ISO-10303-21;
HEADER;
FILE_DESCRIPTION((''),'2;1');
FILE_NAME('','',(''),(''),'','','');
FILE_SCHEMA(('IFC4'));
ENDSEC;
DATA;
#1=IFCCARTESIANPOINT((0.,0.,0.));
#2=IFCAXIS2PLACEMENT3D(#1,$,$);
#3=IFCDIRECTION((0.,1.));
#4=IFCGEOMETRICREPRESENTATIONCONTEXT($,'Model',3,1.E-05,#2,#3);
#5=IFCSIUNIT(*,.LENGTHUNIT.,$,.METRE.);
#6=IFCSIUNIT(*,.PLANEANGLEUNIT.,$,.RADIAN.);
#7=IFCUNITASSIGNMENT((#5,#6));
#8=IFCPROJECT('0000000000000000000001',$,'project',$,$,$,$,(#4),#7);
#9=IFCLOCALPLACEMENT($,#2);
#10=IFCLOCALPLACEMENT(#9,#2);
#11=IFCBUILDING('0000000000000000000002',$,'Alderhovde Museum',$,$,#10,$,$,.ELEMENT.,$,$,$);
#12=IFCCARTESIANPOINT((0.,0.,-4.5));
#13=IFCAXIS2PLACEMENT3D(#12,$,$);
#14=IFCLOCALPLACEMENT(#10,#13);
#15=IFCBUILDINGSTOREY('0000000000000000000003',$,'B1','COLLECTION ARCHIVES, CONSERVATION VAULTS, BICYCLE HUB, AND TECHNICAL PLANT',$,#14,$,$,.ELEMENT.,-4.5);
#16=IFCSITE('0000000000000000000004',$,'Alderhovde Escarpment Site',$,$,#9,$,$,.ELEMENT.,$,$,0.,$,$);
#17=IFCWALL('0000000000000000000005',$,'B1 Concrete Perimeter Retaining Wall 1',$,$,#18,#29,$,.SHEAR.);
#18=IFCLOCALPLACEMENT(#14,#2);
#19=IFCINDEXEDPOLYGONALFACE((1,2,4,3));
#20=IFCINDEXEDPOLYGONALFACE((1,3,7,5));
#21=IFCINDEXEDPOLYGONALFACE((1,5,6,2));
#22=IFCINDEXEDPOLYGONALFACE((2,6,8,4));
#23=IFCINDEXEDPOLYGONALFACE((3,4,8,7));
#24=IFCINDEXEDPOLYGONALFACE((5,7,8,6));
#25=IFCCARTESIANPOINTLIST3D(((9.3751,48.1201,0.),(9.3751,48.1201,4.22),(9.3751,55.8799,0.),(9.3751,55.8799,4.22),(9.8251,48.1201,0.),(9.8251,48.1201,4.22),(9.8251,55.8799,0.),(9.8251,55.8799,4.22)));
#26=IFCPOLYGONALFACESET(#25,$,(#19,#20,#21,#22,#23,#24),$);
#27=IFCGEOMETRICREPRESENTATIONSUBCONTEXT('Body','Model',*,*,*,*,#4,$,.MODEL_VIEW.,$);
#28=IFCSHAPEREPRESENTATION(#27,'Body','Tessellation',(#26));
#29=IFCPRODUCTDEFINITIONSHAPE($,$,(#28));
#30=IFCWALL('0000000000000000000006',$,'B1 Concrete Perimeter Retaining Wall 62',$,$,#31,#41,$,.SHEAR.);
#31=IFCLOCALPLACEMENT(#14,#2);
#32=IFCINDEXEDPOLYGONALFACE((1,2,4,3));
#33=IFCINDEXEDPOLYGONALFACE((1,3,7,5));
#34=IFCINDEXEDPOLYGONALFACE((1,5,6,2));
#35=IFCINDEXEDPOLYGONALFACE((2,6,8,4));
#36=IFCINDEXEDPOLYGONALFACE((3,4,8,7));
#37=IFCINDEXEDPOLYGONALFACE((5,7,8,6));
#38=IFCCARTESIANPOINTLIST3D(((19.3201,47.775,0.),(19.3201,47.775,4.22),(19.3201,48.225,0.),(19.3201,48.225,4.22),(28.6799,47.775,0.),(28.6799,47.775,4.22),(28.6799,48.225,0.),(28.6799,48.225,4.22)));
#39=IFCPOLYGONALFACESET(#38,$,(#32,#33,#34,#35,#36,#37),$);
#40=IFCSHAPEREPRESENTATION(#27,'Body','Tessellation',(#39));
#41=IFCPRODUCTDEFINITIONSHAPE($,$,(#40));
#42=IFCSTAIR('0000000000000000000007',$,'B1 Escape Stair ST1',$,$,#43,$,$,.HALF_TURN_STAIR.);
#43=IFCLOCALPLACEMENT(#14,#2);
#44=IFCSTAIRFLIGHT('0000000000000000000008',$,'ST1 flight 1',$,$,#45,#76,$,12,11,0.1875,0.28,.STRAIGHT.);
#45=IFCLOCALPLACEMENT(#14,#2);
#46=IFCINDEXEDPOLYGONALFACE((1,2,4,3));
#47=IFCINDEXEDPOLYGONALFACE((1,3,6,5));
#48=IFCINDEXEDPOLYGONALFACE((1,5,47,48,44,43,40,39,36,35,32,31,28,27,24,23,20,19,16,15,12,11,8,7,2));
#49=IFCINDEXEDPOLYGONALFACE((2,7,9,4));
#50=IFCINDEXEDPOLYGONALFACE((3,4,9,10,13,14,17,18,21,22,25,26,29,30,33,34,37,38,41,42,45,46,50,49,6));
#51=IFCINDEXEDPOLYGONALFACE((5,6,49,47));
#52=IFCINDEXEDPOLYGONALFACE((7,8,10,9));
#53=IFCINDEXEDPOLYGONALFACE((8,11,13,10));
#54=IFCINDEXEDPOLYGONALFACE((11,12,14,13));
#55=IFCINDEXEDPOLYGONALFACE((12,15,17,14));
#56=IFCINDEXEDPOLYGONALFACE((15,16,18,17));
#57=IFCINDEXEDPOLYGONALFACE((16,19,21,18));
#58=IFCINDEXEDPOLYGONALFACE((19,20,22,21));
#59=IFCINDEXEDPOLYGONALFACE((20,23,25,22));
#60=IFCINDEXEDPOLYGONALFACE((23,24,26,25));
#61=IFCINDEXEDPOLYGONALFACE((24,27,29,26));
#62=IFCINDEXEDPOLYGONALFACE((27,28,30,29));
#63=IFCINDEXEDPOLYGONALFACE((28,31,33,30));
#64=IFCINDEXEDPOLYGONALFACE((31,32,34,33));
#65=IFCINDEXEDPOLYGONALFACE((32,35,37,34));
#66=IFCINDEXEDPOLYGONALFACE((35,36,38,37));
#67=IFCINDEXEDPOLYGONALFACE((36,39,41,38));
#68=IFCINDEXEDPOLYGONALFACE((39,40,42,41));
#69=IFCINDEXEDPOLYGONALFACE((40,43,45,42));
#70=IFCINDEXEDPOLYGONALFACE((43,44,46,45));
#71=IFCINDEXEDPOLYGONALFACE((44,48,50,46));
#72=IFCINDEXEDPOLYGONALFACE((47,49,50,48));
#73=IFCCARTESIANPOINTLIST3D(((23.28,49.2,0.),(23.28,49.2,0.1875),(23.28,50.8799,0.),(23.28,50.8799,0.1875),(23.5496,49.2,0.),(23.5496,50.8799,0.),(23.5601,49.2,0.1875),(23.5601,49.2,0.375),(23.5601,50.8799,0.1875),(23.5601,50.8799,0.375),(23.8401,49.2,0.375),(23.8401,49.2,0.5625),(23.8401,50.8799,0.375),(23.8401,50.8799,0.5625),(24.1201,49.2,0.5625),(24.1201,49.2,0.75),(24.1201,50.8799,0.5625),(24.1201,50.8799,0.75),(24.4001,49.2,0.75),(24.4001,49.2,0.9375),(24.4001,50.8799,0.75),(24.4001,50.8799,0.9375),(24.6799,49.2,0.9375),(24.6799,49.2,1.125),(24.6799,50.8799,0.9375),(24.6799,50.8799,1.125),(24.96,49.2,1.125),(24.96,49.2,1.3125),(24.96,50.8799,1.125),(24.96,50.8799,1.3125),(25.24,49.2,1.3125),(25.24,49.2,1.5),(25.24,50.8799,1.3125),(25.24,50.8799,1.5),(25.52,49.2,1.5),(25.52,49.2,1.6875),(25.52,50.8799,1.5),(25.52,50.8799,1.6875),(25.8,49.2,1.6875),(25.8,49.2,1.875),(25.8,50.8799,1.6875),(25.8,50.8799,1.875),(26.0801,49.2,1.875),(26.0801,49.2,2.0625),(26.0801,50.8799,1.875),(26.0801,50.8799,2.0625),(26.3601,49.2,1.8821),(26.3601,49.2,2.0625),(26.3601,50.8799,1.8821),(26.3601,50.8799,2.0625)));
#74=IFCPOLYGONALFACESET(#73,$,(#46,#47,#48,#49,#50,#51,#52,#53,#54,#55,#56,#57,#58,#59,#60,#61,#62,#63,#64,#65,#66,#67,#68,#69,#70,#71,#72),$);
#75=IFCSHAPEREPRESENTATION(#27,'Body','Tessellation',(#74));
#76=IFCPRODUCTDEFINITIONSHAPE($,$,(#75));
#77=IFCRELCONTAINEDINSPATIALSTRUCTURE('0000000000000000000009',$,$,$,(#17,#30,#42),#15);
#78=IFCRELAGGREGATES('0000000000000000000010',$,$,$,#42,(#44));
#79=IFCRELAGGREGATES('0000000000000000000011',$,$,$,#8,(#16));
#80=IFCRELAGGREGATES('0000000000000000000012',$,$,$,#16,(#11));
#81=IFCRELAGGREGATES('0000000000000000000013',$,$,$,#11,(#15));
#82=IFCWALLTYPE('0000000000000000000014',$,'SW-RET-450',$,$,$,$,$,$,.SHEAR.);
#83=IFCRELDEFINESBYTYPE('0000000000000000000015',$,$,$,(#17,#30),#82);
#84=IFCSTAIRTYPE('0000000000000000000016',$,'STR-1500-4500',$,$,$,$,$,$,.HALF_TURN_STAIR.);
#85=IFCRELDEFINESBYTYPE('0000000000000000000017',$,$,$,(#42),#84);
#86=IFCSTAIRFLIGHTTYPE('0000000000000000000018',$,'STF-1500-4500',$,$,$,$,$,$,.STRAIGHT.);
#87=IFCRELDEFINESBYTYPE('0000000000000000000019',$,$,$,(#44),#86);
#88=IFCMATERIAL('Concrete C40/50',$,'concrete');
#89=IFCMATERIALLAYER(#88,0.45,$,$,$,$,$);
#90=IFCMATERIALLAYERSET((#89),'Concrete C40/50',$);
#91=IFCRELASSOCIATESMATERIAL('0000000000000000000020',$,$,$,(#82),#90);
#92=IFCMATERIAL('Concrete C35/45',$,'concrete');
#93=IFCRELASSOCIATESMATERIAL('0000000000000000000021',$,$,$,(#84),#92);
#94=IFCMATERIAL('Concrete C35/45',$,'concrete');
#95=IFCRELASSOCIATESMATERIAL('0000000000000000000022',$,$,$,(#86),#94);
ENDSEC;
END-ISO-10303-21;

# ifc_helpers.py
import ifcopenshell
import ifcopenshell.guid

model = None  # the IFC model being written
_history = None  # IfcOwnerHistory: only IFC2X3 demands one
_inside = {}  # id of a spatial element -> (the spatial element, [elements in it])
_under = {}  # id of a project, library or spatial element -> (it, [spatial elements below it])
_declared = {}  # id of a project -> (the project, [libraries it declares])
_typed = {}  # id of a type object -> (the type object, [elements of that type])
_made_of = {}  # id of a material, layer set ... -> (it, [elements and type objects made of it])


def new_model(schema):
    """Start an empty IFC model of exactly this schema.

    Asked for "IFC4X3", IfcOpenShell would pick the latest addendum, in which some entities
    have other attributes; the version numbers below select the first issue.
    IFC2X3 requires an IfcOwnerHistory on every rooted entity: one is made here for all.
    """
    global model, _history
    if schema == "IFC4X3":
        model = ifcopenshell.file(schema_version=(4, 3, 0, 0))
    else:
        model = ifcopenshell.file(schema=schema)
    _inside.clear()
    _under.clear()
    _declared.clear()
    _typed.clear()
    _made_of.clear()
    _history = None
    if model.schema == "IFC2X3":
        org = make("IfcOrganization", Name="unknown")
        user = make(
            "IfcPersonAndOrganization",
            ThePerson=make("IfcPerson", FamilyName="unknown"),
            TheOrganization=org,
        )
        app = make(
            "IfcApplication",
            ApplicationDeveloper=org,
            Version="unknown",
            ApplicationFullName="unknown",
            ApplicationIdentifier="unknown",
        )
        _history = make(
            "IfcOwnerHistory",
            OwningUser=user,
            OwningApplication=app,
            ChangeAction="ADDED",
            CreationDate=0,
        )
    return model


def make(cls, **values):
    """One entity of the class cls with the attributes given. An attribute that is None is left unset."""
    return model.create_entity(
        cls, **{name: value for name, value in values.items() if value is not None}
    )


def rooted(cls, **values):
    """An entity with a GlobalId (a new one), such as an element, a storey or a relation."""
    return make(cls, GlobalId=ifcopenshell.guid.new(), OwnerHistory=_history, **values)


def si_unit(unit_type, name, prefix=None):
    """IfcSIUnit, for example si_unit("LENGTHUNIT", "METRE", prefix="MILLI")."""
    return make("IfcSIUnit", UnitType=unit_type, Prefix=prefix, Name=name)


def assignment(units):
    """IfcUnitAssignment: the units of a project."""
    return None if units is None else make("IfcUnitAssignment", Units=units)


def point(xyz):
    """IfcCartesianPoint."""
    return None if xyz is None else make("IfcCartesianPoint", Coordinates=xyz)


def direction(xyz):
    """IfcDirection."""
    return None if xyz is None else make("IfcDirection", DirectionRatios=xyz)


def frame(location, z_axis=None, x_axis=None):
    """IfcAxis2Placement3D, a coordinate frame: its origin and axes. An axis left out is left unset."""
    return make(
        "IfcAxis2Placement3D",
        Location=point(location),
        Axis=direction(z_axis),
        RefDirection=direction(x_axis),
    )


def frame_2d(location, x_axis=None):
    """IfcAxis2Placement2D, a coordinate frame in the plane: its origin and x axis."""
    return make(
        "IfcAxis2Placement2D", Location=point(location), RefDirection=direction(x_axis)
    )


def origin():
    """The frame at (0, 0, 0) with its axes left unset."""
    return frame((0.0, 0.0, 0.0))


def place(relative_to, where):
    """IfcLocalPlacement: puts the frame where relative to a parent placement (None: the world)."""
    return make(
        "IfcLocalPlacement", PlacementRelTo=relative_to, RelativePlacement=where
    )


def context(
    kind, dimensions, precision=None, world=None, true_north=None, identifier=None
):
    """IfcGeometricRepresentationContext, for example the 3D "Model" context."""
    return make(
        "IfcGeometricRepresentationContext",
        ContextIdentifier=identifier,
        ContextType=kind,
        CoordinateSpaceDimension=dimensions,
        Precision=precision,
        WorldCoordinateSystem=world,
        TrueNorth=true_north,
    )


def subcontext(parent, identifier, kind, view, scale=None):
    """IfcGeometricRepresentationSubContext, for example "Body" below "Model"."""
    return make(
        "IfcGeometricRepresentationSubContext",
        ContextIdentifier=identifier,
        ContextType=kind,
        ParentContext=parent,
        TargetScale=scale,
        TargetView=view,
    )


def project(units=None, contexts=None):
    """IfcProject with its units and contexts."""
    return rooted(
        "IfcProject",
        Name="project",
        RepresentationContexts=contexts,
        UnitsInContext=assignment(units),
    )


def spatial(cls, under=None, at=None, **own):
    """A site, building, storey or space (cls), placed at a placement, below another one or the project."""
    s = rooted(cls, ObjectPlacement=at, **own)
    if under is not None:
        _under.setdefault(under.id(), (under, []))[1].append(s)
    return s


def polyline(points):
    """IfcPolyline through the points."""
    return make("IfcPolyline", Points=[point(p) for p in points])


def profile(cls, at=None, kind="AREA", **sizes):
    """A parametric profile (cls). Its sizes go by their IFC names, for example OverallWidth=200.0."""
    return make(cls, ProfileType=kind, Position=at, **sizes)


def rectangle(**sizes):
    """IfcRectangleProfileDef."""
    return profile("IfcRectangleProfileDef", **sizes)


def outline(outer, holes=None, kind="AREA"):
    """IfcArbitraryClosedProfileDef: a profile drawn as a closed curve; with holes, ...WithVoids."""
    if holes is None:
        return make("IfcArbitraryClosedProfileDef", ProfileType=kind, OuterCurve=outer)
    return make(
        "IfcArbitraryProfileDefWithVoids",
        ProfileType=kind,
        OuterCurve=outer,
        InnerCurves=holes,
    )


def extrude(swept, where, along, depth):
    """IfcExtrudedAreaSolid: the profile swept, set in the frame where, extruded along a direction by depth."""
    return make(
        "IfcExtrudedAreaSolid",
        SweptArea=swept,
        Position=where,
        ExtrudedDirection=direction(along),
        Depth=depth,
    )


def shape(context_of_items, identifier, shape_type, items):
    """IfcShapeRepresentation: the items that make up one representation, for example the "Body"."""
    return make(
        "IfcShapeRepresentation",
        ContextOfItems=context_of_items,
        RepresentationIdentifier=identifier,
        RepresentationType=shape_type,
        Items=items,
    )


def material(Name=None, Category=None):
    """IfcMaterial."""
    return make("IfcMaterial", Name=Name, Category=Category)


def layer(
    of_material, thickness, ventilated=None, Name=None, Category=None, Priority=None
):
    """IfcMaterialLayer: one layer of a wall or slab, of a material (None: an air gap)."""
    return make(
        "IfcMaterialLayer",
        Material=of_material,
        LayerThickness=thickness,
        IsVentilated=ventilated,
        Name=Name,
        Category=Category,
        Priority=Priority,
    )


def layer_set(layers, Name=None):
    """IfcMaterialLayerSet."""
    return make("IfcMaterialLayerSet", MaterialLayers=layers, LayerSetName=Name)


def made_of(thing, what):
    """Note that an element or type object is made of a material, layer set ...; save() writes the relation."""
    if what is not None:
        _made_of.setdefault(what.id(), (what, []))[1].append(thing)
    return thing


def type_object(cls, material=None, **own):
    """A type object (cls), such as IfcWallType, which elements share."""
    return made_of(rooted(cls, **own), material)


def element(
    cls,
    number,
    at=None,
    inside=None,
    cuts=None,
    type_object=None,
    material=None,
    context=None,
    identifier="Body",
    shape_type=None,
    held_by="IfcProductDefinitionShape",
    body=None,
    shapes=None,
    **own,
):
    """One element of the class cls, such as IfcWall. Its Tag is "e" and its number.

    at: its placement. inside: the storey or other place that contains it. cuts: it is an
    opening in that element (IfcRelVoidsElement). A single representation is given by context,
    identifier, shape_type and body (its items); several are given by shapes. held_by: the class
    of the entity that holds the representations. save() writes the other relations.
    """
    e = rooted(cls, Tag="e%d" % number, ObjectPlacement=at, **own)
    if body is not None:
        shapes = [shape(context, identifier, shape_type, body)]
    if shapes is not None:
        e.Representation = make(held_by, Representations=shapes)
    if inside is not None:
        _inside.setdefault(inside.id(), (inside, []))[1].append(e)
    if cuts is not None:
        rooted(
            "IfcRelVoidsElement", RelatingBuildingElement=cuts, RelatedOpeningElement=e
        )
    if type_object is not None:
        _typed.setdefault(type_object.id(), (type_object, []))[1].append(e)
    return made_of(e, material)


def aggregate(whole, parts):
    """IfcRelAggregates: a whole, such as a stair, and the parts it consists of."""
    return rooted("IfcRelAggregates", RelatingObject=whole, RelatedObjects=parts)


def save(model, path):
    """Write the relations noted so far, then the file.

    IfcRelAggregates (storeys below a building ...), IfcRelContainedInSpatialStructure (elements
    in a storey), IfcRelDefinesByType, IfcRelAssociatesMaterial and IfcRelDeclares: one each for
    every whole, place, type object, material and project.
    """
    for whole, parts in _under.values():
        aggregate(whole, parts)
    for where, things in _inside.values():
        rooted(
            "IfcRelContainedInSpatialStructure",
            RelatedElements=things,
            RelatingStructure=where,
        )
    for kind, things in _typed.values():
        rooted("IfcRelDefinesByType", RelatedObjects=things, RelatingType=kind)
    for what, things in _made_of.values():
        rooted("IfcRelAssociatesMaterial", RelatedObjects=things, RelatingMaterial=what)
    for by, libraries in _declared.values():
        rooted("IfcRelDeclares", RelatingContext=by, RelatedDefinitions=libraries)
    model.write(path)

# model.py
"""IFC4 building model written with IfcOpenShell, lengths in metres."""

from ifc_helpers import new_model, si_unit, direction, frame, frame_2d, origin, place, context, subcontext, project, spatial, polyline, rectangle, outline, extrude, material, layer, layer_set, type_object, element, aggregate, save


model = new_model("IFC4")

# Units and contexts
model_context = context("Model", 3, precision=1e-05, world=origin(), true_north=direction((0.0, 1.0)))
body_context = subcontext(model_context, "Body", "Model", "MODEL_VIEW")
ifc_project = project(units=[si_unit("LENGTHUNIT", "METRE"), si_unit("PLANEANGLEUNIT", "RADIAN")], contexts=[model_context])

# Site, building, storey
site_placement = place(None, origin())
site = spatial("IfcSite", under=ifc_project, at=site_placement, Name="Alderhovde Escarpment Site", CompositionType="ELEMENT", RefElevation=0.0)
building_placement = place(site_placement, origin())
building = spatial("IfcBuilding", under=site, at=building_placement, Name="Alderhovde Museum", CompositionType="ELEMENT")
storey_placement = place(building_placement, frame((0.0, 0.0, -4.5)))
storey = spatial("IfcBuildingStorey", under=building, at=storey_placement, Name="B1", Description="COLLECTION ARCHIVES, CONSERVATION VAULTS, BICYCLE HUB, AND TECHNICAL PLANT", CompositionType="ELEMENT", Elevation=-4.5)

# Walls
ifc_material_1 = material(Name="Concrete C40/50", Category="concrete")
ifc_layer_1 = layer(ifc_material_1, 0.45)
ifc_layer_set_1 = layer_set([ifc_layer_1], Name="Concrete C40/50")
wall_type_1 = type_object("IfcWallType", Name="SW-RET-450", PredefinedType="SHEAR", material=ifc_layer_set_1)
wall_1_placement = place(storey_placement, frame((9.6001, 48.1201, 0.0), z_axis=(0.0, 0.0, 1.0), x_axis=(0.0, 1.0, 0.0)))
element("IfcWall", 1, at=wall_1_placement, inside=storey, type_object=wall_type_1, Name="B1 Concrete Perimeter Retaining Wall 1", PredefinedType="SHEAR", context=body_context, shape_type="SweptSolid", body=[
    extrude(rectangle(XDim=7.7598, YDim=0.45, at=frame_2d((3.8799, 0.0))), origin(), (0.0, 0.0, 1.0), 4.22),
])
wall_2_placement = place(storey_placement, frame((19.3201, 48.0, 0.0), z_axis=(0.0, 0.0, 1.0), x_axis=(1.0, 0.0, 0.0)))
element("IfcWall", 2, at=wall_2_placement, inside=storey, type_object=wall_type_1, Name="B1 Concrete Perimeter Retaining Wall 62", PredefinedType="SHEAR", context=body_context, shape_type="SweptSolid", body=[
    extrude(rectangle(XDim=9.3599, YDim=0.45, at=frame_2d((4.6799, 0.0))), origin(), (0.0, 0.0, 1.0), 4.22),
])

# Stair, stair flight
ifc_material_2 = material(Name="Concrete C35/45", Category="concrete")
stair_type = type_object("IfcStairType", Name="STR-1500-4500", PredefinedType="HALF_TURN_STAIR", material=ifc_material_2)
stair_placement = place(storey_placement, origin())
stair = element("IfcStair", 3, at=stair_placement, inside=storey, type_object=stair_type, Name="B1 Escape Stair ST1", PredefinedType="HALF_TURN_STAIR")
ifc_material_3 = material(Name="Concrete C35/45", Category="concrete")
stair_flight_type = type_object("IfcStairFlightType", Name="STF-1500-4500", PredefinedType="STRAIGHT", material=ifc_material_3)
stair_flight_placement = place(storey_placement, frame((23.28, 50.04, 0.0), z_axis=(0.0, 0.0, 1.0), x_axis=(1.0, 0.0, 0.0)))
stair_flight = element("IfcStairFlight", 4, at=stair_flight_placement, type_object=stair_flight_type, Name="ST1 flight 1", NumberOfRisers=12, NumberOfTreads=11, PredefinedType="STRAIGHT", RiserHeight=0.1875, TreadLength=0.28, context=body_context, shape_type="SweptSolid", body=[
    extrude(outline(polyline([(0.0, 0.0), (0.0, 0.1875), (0.28, 0.1875), (0.28, 0.375), (0.5601, 0.375), (0.5601, 0.5625), (0.8401, 0.5625), (0.8401, 0.75), (1.1201, 0.75), (1.1201, 0.9375), (1.3999, 0.9375), (1.3999, 1.125), (1.6799, 1.125), (1.6799, 1.3125), (1.96, 1.3125), (1.96, 1.5), (2.24, 1.5), (2.24, 1.6875), (2.52, 1.6875), (2.52, 1.875), (2.8, 1.875), (2.8, 2.0625), (3.0801, 2.0625), (3.0801, 2.25), (3.0801, 1.8821), (0.2695, 0.0), (0.0, 0.0)])), frame((0.0, 0.8398, 0.0), z_axis=(0.0, -1.0, 0.0), x_axis=(1.0, 0.0, 0.0)), (0.0, 0.0, 1.0), 1.6799),
])
aggregate(stair, [stair_flight])

save(model, "model.ifc")
